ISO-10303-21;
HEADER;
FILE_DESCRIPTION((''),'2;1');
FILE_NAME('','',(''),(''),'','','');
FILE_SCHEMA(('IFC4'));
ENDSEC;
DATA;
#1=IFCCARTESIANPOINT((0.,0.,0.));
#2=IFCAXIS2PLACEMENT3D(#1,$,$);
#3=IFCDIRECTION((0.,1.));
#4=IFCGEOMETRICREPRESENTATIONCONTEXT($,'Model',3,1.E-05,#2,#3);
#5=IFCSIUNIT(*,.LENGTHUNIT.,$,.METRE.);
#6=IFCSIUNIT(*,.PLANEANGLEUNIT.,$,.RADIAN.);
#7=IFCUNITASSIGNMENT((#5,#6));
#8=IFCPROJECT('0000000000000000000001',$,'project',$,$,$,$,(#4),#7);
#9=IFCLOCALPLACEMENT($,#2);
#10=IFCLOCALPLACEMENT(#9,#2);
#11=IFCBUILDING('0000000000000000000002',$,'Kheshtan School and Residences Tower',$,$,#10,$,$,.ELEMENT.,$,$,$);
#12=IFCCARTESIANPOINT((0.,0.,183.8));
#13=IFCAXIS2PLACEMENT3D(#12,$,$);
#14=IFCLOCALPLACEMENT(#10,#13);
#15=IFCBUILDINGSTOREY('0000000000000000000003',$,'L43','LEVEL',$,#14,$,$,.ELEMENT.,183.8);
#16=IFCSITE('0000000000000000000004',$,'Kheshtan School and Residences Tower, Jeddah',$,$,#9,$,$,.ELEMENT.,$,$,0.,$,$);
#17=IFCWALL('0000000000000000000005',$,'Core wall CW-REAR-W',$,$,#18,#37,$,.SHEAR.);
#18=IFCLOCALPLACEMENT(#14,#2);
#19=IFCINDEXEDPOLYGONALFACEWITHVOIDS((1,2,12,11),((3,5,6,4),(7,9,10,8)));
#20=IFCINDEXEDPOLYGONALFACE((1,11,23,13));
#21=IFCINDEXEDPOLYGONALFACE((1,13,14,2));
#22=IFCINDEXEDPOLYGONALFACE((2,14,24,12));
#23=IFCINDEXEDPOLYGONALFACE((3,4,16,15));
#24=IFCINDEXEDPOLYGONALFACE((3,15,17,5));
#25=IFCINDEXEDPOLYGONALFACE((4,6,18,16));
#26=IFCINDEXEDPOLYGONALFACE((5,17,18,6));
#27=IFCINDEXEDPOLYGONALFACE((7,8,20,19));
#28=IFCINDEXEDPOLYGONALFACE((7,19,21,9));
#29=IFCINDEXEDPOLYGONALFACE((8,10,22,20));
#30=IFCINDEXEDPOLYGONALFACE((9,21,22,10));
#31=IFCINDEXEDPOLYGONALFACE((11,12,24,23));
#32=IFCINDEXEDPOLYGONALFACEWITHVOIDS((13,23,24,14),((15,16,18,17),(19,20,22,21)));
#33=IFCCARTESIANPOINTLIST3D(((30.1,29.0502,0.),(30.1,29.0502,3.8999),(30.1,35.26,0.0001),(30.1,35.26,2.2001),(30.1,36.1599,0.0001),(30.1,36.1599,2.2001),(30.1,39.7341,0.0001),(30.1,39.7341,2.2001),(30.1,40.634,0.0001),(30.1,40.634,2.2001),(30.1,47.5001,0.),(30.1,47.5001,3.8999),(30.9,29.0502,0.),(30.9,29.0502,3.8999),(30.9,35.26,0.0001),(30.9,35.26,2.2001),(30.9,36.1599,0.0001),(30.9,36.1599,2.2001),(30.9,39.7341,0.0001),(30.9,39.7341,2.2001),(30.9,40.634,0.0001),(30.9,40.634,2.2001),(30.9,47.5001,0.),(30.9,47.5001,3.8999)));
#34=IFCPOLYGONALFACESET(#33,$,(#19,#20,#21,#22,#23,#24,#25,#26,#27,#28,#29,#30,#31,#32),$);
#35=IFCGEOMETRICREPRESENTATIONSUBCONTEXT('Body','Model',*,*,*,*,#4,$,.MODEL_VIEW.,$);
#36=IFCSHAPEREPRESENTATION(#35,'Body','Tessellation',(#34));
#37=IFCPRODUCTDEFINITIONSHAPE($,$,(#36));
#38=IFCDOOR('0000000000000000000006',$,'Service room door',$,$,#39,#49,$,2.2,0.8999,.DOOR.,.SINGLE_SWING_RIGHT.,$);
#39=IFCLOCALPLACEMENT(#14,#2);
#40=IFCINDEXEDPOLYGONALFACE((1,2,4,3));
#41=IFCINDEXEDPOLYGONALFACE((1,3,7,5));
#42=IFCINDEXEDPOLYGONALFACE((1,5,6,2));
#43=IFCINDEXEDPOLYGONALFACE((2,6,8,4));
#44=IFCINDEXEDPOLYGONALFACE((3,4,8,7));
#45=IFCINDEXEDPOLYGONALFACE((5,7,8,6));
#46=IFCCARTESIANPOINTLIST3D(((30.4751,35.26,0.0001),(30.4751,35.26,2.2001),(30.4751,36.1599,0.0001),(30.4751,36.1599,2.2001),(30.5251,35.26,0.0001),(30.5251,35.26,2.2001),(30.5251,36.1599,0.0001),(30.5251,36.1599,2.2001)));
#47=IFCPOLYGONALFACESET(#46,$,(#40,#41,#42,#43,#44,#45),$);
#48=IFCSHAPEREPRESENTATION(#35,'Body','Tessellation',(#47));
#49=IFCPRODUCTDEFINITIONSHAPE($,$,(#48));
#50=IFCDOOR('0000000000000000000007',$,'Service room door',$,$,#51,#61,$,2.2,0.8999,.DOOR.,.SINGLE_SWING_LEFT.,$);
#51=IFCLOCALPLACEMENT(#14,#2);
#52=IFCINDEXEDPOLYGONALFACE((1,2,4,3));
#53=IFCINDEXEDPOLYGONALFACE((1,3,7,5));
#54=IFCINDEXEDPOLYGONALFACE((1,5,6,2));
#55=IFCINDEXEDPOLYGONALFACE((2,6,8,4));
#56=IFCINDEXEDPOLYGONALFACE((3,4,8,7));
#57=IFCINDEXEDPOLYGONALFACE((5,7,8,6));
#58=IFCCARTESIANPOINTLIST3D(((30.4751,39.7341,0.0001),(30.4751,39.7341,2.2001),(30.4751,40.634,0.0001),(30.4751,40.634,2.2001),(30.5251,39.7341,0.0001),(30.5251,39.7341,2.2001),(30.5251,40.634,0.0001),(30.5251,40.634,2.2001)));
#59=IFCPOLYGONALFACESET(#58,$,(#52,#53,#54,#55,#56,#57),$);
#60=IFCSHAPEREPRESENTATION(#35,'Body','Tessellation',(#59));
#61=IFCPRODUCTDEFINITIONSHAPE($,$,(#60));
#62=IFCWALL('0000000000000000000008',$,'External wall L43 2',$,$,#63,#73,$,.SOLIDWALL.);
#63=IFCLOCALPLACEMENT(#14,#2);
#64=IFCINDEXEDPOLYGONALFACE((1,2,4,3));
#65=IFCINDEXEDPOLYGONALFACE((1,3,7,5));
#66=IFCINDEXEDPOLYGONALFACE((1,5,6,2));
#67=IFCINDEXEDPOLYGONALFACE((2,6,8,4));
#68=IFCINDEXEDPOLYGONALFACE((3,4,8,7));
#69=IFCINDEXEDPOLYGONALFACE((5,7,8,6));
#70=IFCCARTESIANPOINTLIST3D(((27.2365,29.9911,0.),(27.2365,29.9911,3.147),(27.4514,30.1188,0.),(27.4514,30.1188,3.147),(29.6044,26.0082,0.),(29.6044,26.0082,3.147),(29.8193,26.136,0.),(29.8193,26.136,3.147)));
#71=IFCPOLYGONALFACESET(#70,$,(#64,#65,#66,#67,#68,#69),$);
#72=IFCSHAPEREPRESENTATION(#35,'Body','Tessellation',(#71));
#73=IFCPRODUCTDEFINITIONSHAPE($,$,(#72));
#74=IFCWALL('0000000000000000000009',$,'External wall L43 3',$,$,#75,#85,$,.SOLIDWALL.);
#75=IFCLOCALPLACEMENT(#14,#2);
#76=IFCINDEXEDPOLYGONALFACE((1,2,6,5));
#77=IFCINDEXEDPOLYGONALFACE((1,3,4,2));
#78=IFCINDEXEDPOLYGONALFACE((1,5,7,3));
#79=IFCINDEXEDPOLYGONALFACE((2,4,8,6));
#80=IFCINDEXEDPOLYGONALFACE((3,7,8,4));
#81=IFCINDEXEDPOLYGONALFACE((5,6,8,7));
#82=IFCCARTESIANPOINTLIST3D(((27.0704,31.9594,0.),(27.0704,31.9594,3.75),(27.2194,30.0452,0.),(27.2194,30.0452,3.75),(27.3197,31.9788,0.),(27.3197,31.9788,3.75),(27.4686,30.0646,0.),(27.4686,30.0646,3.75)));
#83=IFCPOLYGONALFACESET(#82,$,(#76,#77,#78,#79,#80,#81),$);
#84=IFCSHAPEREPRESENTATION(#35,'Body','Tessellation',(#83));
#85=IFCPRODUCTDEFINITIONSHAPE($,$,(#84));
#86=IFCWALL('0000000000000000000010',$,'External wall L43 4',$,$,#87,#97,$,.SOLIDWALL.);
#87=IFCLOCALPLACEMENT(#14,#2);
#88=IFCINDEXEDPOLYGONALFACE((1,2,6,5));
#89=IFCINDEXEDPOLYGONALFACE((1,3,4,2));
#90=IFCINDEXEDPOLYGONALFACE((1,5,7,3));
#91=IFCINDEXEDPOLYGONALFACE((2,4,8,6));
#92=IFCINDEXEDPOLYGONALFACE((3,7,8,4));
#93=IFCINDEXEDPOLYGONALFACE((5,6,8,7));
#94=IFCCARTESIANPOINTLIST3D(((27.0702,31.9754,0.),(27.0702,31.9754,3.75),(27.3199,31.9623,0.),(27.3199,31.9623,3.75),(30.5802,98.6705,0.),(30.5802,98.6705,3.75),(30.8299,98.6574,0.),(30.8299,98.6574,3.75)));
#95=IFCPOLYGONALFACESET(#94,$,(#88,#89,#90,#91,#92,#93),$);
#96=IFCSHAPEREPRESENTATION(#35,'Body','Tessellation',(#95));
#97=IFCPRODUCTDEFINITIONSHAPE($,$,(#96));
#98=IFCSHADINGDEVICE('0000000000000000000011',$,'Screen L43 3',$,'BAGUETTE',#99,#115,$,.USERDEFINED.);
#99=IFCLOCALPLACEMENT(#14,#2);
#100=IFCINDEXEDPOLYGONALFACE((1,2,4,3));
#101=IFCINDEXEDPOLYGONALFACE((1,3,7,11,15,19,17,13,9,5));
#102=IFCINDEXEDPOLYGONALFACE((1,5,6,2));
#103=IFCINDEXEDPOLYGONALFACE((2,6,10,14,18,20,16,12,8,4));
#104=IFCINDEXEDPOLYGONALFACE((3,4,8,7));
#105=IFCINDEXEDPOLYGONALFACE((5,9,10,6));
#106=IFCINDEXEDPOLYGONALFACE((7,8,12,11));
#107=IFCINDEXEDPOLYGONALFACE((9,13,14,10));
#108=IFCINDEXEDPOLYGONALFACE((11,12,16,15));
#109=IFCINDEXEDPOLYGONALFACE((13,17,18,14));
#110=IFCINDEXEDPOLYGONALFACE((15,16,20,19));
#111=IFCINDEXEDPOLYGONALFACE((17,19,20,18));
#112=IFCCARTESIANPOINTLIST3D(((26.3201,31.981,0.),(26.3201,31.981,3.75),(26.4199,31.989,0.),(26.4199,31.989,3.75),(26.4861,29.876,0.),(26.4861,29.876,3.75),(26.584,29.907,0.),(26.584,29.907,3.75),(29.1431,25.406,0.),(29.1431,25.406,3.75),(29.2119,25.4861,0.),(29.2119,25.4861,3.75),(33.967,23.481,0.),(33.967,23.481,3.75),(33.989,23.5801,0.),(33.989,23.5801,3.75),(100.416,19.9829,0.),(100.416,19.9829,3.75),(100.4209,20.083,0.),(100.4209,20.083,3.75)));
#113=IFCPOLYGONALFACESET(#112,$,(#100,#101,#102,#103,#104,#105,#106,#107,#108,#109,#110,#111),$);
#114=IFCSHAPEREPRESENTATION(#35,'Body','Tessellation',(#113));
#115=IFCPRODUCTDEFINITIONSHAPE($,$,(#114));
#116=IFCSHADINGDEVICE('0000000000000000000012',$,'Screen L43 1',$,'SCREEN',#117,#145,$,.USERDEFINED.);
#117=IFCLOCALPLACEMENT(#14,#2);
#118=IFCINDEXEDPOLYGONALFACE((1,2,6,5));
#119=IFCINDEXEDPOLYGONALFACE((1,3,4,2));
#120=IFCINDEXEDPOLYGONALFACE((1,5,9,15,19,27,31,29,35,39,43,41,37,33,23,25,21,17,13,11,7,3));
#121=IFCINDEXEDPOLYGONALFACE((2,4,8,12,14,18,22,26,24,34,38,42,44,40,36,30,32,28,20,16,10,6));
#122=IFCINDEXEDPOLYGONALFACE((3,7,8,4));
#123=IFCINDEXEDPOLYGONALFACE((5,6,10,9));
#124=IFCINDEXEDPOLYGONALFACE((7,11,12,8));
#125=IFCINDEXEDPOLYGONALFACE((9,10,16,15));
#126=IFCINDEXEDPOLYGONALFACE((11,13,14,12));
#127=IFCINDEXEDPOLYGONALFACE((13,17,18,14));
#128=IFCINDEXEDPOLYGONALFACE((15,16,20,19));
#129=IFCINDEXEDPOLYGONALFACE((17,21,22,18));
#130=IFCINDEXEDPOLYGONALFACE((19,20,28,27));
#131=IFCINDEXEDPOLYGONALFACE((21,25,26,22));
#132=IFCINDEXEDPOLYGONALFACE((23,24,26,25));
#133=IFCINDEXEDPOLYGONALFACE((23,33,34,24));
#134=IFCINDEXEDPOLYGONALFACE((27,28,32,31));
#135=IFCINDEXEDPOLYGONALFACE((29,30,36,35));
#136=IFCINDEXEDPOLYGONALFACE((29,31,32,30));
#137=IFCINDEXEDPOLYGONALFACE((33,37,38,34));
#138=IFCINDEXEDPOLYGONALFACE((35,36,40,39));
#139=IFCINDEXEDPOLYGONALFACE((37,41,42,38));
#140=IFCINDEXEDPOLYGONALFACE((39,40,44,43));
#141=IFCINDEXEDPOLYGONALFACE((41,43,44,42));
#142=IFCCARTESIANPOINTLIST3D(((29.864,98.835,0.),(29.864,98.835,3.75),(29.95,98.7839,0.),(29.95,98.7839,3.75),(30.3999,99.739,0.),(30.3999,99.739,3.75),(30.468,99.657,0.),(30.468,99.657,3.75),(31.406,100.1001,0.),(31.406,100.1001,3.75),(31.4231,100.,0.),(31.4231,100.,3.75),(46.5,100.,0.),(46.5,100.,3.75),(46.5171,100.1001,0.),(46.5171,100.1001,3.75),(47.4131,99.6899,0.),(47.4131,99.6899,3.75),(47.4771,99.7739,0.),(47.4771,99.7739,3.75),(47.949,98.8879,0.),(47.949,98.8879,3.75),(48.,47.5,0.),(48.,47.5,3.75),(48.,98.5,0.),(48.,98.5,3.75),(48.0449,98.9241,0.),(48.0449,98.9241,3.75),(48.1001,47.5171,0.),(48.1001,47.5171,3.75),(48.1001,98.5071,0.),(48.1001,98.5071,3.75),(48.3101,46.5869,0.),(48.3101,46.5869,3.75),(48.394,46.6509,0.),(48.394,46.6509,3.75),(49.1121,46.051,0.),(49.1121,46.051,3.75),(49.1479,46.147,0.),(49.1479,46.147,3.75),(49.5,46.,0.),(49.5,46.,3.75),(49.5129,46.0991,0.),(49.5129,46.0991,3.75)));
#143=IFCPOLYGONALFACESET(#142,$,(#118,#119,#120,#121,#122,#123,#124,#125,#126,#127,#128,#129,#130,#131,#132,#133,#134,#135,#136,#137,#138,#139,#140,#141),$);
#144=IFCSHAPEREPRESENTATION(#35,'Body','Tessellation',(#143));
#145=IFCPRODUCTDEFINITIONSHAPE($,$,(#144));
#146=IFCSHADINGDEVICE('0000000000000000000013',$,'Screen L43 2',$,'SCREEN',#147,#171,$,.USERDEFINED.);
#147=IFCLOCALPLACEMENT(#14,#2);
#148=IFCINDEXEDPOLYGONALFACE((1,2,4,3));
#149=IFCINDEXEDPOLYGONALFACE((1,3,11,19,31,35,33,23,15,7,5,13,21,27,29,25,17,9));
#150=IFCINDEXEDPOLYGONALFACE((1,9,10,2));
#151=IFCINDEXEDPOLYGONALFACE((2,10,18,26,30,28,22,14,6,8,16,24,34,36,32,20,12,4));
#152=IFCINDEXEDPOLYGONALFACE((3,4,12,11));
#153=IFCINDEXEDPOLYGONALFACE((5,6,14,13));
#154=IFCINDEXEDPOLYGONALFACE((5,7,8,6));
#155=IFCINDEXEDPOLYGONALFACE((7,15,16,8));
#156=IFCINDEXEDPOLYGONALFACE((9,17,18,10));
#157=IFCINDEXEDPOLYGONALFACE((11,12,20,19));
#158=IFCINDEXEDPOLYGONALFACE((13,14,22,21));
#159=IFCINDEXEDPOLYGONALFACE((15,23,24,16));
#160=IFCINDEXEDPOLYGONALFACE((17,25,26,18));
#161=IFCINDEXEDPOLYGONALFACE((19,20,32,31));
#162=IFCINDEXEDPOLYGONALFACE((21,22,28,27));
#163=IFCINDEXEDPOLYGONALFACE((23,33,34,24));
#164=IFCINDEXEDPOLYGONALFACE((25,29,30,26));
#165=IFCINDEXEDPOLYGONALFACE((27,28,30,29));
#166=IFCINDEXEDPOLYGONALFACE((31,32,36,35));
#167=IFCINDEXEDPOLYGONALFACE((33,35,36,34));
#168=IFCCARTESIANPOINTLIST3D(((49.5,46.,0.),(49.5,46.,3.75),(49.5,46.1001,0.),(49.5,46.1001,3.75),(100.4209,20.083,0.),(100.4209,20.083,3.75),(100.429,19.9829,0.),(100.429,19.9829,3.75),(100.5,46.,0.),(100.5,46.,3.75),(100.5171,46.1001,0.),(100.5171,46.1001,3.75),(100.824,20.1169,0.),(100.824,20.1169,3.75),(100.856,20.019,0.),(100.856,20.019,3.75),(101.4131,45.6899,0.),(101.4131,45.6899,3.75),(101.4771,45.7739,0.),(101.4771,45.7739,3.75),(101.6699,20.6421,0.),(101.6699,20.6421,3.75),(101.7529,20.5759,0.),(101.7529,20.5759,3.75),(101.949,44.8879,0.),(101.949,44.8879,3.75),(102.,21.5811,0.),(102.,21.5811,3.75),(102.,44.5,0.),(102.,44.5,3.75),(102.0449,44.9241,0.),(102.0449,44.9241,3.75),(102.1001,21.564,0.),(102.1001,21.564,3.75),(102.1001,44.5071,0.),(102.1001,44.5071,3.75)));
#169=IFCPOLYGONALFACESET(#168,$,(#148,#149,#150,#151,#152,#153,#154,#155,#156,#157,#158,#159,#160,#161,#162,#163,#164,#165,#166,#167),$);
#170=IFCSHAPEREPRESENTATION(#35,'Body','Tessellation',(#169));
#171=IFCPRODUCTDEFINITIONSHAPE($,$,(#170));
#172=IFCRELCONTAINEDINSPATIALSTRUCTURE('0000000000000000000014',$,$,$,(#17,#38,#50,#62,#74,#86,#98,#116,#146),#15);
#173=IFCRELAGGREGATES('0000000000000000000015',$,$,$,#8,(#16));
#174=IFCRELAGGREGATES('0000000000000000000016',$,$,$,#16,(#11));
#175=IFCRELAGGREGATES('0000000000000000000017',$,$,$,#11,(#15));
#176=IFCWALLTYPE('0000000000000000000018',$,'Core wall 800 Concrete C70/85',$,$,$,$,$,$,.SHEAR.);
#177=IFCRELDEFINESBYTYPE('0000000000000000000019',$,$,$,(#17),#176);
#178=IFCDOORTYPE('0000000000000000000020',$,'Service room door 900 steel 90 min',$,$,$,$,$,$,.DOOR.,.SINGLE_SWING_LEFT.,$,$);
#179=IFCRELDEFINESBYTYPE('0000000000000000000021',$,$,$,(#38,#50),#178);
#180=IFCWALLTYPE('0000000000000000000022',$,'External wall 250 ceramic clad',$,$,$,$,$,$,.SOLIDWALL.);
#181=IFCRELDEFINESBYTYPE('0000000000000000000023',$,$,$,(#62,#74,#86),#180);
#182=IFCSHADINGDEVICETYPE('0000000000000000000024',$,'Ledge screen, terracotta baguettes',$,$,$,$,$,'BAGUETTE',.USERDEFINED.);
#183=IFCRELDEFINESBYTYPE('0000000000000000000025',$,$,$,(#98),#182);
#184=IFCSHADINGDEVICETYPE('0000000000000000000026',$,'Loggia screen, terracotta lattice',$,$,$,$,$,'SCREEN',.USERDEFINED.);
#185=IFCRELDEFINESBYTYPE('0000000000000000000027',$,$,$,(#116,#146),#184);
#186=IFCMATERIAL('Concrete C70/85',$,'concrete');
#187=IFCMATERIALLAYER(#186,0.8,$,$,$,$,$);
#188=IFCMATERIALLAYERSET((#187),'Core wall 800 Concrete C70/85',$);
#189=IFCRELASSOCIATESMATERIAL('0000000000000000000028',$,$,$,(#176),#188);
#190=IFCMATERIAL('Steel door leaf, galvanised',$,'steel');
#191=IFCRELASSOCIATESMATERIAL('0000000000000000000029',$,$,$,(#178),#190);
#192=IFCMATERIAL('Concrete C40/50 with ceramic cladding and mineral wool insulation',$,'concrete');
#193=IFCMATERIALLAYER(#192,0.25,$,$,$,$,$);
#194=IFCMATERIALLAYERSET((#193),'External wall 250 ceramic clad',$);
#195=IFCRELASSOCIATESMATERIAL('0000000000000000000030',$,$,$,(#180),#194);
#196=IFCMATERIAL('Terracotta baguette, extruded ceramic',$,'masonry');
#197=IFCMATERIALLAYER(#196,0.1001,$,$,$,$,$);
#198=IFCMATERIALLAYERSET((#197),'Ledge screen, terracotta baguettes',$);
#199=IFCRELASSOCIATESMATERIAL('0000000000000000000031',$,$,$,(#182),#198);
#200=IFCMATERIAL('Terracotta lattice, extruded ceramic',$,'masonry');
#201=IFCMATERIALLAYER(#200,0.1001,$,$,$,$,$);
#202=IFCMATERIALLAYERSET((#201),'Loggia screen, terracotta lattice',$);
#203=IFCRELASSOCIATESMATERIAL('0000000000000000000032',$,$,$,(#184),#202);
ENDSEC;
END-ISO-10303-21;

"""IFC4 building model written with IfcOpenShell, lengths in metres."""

from ifc_helpers import new_model, si_unit, direction, frame, frame_2d, origin, place, context, subcontext, project, spatial, polyline, rectangle, outline, extrude, source, transform, mapped, material, layer, layer_set, type_object, element, fill, save


model = new_model("IFC4")

# Units and contexts
model_context = context("Model", 3, precision=1e-05, world=origin(), true_north=direction((0.0, 1.0)))
body_context = subcontext(model_context, "Body", "Model", "MODEL_VIEW")
ifc_project = project(units=[si_unit("LENGTHUNIT", "METRE"), si_unit("PLANEANGLEUNIT", "RADIAN")], contexts=[model_context])

# Site, building, storey
site_placement = place(None, origin())
site = spatial("IfcSite", under=ifc_project, at=site_placement, Name="Kheshtan School and Residences Tower, Jeddah", CompositionType="ELEMENT", RefElevation=0.0)
building_placement = place(site_placement, origin())
building = spatial("IfcBuilding", under=site, at=building_placement, Name="Kheshtan School and Residences Tower", CompositionType="ELEMENT")
storey_placement = place(building_placement, frame((0.0, 0.0, 183.8)))
storey = spatial("IfcBuildingStorey", under=building, at=storey_placement, Name="L43", Description="LEVEL", CompositionType="ELEMENT", Elevation=183.8)

# Wall, openings, doors
ifc_material_1 = material(Name="Concrete C70/85", Category="concrete")
ifc_layer_1 = layer(ifc_material_1, 0.8)
ifc_layer_set_1 = layer_set([ifc_layer_1], Name="Core wall 800 Concrete C70/85")
wall_type_1 = type_object("IfcWallType", Name="Core wall 800 Concrete C70/85", PredefinedType="SHEAR", material=ifc_layer_set_1)
wall_1_placement = place(storey_placement, frame((30.5, 29.05, 0.0), z_axis=(0.0, 0.0, 1.0), x_axis=(0.0, 1.0, 0.0)))
wall_1 = element("IfcWall", 1, at=wall_1_placement, inside=storey, type_object=wall_type_1, Name="Core wall CW-REAR-W", PredefinedType="SHEAR", context=body_context, shape_type="SweptSolid", body=[
    extrude(rectangle(XDim=18.45, YDim=0.8, at=frame_2d((9.2251, 0.0))), origin(), (0.0, 0.0, 1.0), 3.8999),
])
opening_1_placement = place(wall_1_placement, frame((6.21, 0.0, 0.0)))
opening_1 = element("IfcOpeningElement", 2, at=opening_1_placement, cuts=wall_1, PredefinedType="OPENING", context=body_context, shape_type="SweptSolid", body=[
    extrude(rectangle(XDim=0.8999, YDim=2.2, at=frame_2d((0.45, 1.1001))), frame((0.0, 0.4102, 0.0), z_axis=(0.0, -1.0, 0.0), x_axis=(1.0, 0.0, 0.0)), (0.0, 0.0, 1.0), 0.8201),
])
opening_2_placement = place(wall_1_placement, frame((10.6841, 0.0, 0.0)))
opening_2 = element("IfcOpeningElement", 3, at=opening_2_placement, cuts=wall_1, PredefinedType="OPENING", context=body_context, shape_type="SweptSolid", body=[
    extrude(rectangle(XDim=0.8999, YDim=2.2, at=frame_2d((0.45, 1.1001))), frame((0.0, 0.4102, 0.0), z_axis=(0.0, -1.0, 0.0), x_axis=(1.0, 0.0, 0.0)), (0.0, 0.0, 1.0), 0.8201),
])
ifc_material_2 = material(Name="Steel door leaf, galvanised", Category="steel")
door_type = type_object("IfcDoorType", Name="Service room door 900 steel 90 min", OperationType="SINGLE_SWING_LEFT", PredefinedType="DOOR", material=ifc_material_2)
shared_shape = source(origin(), body_context, "Body", "SweptSolid", [
    extrude(rectangle(XDim=0.8999, YDim=2.2, at=frame_2d((0.45, 1.1001))), frame((0.0, 0.0249, 0.0), z_axis=(0.0, -1.0, 0.0), x_axis=(1.0, 0.0, 0.0)), (0.0, 0.0, 1.0), 0.05),
])
door_1_placement = place(opening_1_placement, origin())
door_1 = element("IfcDoor", 4, at=door_1_placement, inside=storey, type_object=door_type, Name="Service room door", OperationType="SINGLE_SWING_RIGHT", OverallHeight=2.2, OverallWidth=0.8999, PredefinedType="DOOR", context=body_context, shape_type="MappedRepresentation", body=[
    mapped(shared_shape, transform((0.0, 0.0, 0.0), x_axis=(1.0, 0.0, 0.0), y_axis=(0.0, 1.0, 0.0), z_axis=(0.0, 0.0, 1.0), scale=1.0)),
])
fill(opening_1, door_1)
door_2_placement = place(opening_2_placement, origin())
door_2 = element("IfcDoor", 5, at=door_2_placement, inside=storey, type_object=door_type, Name="Service room door", OperationType="SINGLE_SWING_LEFT", OverallHeight=2.2, OverallWidth=0.8999, PredefinedType="DOOR", context=body_context, shape_type="MappedRepresentation", body=[
    mapped(shared_shape, transform((0.0, 0.0, 0.0), x_axis=(1.0, 0.0, 0.0), y_axis=(0.0, 1.0, 0.0), z_axis=(0.0, 0.0, 1.0), scale=1.0)),
])
fill(opening_2, door_2)

# Walls
ifc_material_3 = material(Name="Concrete C40/50 with ceramic cladding and mineral wool insulation", Category="concrete")
ifc_layer_2 = layer(ifc_material_3, 0.25)
ifc_layer_set_2 = layer_set([ifc_layer_2], Name="External wall 250 ceramic clad")
wall_type_2 = type_object("IfcWallType", Name="External wall 250 ceramic clad", PredefinedType="SOLIDWALL", material=ifc_layer_set_2)
wall_2_placement = place(storey_placement, frame((29.7119, 26.072, 0.0), z_axis=(0.0, 0.0, 1.0), x_axis=(-0.511028, 0.859564, 0.0)))
element("IfcWall", 6, at=wall_2_placement, inside=storey, type_object=wall_type_2, Name="External wall L43 2", PredefinedType="SOLIDWALL", context=body_context, shape_type="SweptSolid", body=[
    extrude(rectangle(XDim=4.6335, YDim=0.25, at=frame_2d((2.3169, 0.0))), origin(), (0.0, 0.0, 1.0), 3.147),
])
wall_3_placement = place(storey_placement, frame((27.344, 30.0549, 0.0), z_axis=(0.0, 0.0, 1.0), x_axis=(-0.077572, 0.996987, 0.0)))
element("IfcWall", 7, at=wall_3_placement, inside=storey, type_object=wall_type_2, Name="External wall L43 3", PredefinedType="SOLIDWALL", context=body_context, shape_type="SweptSolid", body=[
    extrude(rectangle(XDim=1.9199, YDim=0.25, at=frame_2d((0.96, 0.0))), origin(), (0.0, 0.0, 1.0), 3.75),
])
wall_4_placement = place(storey_placement, frame((27.1951, 31.969, 0.0), z_axis=(0.0, 0.0, 1.0), x_axis=(0.052555, 0.998618, 0.0)))
element("IfcWall", 8, at=wall_4_placement, inside=storey, type_object=wall_type_2, Name="External wall L43 4", PredefinedType="SOLIDWALL", context=body_context, shape_type="SweptSolid", body=[
    extrude(rectangle(XDim=66.7874, YDim=0.25, at=frame_2d((33.3936, 0.0))), origin(), (0.0, 0.0, 1.0), 3.75),
])

# Shading devices
ifc_material_4 = material(Name="Terracotta baguette, extruded ceramic", Category="masonry")
ifc_layer_3 = layer(ifc_material_4, 0.1001)
ifc_layer_set_3 = layer_set([ifc_layer_3], Name="Ledge screen, terracotta baguettes")
shading_device_type_1 = type_object("IfcShadingDeviceType", Name="Ledge screen, terracotta baguettes", ElementType="BAGUETTE", PredefinedType="USERDEFINED", material=ifc_layer_set_3)
shading_device_1_placement = place(storey_placement, origin())
element("IfcShadingDevice", 9, at=shading_device_1_placement, inside=storey, type_object=shading_device_type_1, Name="Screen L43 3", ObjectType="BAGUETTE", PredefinedType="USERDEFINED", context=body_context, shape_type="SweptSolid", body=[
    extrude(outline(polyline([(100.4209, 20.083), (33.989, 23.5801), (29.2119, 25.4861), (26.584, 29.907), (26.4199, 31.989), (26.3201, 31.981), (26.4861, 29.876), (29.1431, 25.406), (33.967, 23.481), (100.416, 19.9829), (100.4209, 20.083)])), origin(), (0.0, 0.0, 1.0), 3.75),
])
ifc_material_5 = material(Name="Terracotta lattice, extruded ceramic", Category="masonry")
ifc_layer_4 = layer(ifc_material_5, 0.1001)
ifc_layer_set_4 = layer_set([ifc_layer_4], Name="Loggia screen, terracotta lattice")
shading_device_type_2 = type_object("IfcShadingDeviceType", Name="Loggia screen, terracotta lattice", ElementType="SCREEN", PredefinedType="USERDEFINED", material=ifc_layer_set_4)
shading_device_2_placement = place(storey_placement, origin())
element("IfcShadingDevice", 10, at=shading_device_2_placement, inside=storey, type_object=shading_device_type_2, Name="Screen L43 1", ObjectType="SCREEN", PredefinedType="USERDEFINED", context=body_context, shape_type="SweptSolid", body=[
    extrude(outline(polyline([(29.95, 98.7839), (30.468, 99.657), (31.4231, 100.0), (46.5, 100.0), (47.4131, 99.6899), (47.949, 98.8879), (48.0, 98.5), (48.0, 47.5), (48.3101, 46.5869), (49.1121, 46.051), (49.5, 46.0), (49.5129, 46.0991), (49.1479, 46.147), (48.394, 46.6509), (48.1001, 47.5171), (48.1001, 98.5071), (48.0449, 98.9241), (47.4771, 99.7739), (46.5171, 100.1001), (31.406, 100.1001), (30.3999, 99.739), (29.864, 98.835), (29.95, 98.7839)])), origin(), (0.0, 0.0, 1.0), 3.75),
])
shading_device_3_placement = place(storey_placement, origin())
element("IfcShadingDevice", 11, at=shading_device_3_placement, inside=storey, type_object=shading_device_type_2, Name="Screen L43 2", ObjectType="SCREEN", PredefinedType="USERDEFINED", context=body_context, shape_type="SweptSolid", body=[
    extrude(outline(polyline([(49.5, 46.0), (100.5, 46.0), (101.4131, 45.6899), (101.949, 44.8879), (102.0, 44.5), (102.0, 21.5811), (101.6699, 20.6421), (100.824, 20.1169), (100.4209, 20.083), (100.429, 19.9829), (100.856, 20.019), (101.7529, 20.5759), (102.1001, 21.564), (102.1001, 44.5071), (102.0449, 44.9241), (101.4771, 45.7739), (100.5171, 46.1001), (49.5, 46.1001), (49.5, 46.0)])), origin(), (0.0, 0.0, 1.0), 3.75),
])

save(model, "model.ifc")
